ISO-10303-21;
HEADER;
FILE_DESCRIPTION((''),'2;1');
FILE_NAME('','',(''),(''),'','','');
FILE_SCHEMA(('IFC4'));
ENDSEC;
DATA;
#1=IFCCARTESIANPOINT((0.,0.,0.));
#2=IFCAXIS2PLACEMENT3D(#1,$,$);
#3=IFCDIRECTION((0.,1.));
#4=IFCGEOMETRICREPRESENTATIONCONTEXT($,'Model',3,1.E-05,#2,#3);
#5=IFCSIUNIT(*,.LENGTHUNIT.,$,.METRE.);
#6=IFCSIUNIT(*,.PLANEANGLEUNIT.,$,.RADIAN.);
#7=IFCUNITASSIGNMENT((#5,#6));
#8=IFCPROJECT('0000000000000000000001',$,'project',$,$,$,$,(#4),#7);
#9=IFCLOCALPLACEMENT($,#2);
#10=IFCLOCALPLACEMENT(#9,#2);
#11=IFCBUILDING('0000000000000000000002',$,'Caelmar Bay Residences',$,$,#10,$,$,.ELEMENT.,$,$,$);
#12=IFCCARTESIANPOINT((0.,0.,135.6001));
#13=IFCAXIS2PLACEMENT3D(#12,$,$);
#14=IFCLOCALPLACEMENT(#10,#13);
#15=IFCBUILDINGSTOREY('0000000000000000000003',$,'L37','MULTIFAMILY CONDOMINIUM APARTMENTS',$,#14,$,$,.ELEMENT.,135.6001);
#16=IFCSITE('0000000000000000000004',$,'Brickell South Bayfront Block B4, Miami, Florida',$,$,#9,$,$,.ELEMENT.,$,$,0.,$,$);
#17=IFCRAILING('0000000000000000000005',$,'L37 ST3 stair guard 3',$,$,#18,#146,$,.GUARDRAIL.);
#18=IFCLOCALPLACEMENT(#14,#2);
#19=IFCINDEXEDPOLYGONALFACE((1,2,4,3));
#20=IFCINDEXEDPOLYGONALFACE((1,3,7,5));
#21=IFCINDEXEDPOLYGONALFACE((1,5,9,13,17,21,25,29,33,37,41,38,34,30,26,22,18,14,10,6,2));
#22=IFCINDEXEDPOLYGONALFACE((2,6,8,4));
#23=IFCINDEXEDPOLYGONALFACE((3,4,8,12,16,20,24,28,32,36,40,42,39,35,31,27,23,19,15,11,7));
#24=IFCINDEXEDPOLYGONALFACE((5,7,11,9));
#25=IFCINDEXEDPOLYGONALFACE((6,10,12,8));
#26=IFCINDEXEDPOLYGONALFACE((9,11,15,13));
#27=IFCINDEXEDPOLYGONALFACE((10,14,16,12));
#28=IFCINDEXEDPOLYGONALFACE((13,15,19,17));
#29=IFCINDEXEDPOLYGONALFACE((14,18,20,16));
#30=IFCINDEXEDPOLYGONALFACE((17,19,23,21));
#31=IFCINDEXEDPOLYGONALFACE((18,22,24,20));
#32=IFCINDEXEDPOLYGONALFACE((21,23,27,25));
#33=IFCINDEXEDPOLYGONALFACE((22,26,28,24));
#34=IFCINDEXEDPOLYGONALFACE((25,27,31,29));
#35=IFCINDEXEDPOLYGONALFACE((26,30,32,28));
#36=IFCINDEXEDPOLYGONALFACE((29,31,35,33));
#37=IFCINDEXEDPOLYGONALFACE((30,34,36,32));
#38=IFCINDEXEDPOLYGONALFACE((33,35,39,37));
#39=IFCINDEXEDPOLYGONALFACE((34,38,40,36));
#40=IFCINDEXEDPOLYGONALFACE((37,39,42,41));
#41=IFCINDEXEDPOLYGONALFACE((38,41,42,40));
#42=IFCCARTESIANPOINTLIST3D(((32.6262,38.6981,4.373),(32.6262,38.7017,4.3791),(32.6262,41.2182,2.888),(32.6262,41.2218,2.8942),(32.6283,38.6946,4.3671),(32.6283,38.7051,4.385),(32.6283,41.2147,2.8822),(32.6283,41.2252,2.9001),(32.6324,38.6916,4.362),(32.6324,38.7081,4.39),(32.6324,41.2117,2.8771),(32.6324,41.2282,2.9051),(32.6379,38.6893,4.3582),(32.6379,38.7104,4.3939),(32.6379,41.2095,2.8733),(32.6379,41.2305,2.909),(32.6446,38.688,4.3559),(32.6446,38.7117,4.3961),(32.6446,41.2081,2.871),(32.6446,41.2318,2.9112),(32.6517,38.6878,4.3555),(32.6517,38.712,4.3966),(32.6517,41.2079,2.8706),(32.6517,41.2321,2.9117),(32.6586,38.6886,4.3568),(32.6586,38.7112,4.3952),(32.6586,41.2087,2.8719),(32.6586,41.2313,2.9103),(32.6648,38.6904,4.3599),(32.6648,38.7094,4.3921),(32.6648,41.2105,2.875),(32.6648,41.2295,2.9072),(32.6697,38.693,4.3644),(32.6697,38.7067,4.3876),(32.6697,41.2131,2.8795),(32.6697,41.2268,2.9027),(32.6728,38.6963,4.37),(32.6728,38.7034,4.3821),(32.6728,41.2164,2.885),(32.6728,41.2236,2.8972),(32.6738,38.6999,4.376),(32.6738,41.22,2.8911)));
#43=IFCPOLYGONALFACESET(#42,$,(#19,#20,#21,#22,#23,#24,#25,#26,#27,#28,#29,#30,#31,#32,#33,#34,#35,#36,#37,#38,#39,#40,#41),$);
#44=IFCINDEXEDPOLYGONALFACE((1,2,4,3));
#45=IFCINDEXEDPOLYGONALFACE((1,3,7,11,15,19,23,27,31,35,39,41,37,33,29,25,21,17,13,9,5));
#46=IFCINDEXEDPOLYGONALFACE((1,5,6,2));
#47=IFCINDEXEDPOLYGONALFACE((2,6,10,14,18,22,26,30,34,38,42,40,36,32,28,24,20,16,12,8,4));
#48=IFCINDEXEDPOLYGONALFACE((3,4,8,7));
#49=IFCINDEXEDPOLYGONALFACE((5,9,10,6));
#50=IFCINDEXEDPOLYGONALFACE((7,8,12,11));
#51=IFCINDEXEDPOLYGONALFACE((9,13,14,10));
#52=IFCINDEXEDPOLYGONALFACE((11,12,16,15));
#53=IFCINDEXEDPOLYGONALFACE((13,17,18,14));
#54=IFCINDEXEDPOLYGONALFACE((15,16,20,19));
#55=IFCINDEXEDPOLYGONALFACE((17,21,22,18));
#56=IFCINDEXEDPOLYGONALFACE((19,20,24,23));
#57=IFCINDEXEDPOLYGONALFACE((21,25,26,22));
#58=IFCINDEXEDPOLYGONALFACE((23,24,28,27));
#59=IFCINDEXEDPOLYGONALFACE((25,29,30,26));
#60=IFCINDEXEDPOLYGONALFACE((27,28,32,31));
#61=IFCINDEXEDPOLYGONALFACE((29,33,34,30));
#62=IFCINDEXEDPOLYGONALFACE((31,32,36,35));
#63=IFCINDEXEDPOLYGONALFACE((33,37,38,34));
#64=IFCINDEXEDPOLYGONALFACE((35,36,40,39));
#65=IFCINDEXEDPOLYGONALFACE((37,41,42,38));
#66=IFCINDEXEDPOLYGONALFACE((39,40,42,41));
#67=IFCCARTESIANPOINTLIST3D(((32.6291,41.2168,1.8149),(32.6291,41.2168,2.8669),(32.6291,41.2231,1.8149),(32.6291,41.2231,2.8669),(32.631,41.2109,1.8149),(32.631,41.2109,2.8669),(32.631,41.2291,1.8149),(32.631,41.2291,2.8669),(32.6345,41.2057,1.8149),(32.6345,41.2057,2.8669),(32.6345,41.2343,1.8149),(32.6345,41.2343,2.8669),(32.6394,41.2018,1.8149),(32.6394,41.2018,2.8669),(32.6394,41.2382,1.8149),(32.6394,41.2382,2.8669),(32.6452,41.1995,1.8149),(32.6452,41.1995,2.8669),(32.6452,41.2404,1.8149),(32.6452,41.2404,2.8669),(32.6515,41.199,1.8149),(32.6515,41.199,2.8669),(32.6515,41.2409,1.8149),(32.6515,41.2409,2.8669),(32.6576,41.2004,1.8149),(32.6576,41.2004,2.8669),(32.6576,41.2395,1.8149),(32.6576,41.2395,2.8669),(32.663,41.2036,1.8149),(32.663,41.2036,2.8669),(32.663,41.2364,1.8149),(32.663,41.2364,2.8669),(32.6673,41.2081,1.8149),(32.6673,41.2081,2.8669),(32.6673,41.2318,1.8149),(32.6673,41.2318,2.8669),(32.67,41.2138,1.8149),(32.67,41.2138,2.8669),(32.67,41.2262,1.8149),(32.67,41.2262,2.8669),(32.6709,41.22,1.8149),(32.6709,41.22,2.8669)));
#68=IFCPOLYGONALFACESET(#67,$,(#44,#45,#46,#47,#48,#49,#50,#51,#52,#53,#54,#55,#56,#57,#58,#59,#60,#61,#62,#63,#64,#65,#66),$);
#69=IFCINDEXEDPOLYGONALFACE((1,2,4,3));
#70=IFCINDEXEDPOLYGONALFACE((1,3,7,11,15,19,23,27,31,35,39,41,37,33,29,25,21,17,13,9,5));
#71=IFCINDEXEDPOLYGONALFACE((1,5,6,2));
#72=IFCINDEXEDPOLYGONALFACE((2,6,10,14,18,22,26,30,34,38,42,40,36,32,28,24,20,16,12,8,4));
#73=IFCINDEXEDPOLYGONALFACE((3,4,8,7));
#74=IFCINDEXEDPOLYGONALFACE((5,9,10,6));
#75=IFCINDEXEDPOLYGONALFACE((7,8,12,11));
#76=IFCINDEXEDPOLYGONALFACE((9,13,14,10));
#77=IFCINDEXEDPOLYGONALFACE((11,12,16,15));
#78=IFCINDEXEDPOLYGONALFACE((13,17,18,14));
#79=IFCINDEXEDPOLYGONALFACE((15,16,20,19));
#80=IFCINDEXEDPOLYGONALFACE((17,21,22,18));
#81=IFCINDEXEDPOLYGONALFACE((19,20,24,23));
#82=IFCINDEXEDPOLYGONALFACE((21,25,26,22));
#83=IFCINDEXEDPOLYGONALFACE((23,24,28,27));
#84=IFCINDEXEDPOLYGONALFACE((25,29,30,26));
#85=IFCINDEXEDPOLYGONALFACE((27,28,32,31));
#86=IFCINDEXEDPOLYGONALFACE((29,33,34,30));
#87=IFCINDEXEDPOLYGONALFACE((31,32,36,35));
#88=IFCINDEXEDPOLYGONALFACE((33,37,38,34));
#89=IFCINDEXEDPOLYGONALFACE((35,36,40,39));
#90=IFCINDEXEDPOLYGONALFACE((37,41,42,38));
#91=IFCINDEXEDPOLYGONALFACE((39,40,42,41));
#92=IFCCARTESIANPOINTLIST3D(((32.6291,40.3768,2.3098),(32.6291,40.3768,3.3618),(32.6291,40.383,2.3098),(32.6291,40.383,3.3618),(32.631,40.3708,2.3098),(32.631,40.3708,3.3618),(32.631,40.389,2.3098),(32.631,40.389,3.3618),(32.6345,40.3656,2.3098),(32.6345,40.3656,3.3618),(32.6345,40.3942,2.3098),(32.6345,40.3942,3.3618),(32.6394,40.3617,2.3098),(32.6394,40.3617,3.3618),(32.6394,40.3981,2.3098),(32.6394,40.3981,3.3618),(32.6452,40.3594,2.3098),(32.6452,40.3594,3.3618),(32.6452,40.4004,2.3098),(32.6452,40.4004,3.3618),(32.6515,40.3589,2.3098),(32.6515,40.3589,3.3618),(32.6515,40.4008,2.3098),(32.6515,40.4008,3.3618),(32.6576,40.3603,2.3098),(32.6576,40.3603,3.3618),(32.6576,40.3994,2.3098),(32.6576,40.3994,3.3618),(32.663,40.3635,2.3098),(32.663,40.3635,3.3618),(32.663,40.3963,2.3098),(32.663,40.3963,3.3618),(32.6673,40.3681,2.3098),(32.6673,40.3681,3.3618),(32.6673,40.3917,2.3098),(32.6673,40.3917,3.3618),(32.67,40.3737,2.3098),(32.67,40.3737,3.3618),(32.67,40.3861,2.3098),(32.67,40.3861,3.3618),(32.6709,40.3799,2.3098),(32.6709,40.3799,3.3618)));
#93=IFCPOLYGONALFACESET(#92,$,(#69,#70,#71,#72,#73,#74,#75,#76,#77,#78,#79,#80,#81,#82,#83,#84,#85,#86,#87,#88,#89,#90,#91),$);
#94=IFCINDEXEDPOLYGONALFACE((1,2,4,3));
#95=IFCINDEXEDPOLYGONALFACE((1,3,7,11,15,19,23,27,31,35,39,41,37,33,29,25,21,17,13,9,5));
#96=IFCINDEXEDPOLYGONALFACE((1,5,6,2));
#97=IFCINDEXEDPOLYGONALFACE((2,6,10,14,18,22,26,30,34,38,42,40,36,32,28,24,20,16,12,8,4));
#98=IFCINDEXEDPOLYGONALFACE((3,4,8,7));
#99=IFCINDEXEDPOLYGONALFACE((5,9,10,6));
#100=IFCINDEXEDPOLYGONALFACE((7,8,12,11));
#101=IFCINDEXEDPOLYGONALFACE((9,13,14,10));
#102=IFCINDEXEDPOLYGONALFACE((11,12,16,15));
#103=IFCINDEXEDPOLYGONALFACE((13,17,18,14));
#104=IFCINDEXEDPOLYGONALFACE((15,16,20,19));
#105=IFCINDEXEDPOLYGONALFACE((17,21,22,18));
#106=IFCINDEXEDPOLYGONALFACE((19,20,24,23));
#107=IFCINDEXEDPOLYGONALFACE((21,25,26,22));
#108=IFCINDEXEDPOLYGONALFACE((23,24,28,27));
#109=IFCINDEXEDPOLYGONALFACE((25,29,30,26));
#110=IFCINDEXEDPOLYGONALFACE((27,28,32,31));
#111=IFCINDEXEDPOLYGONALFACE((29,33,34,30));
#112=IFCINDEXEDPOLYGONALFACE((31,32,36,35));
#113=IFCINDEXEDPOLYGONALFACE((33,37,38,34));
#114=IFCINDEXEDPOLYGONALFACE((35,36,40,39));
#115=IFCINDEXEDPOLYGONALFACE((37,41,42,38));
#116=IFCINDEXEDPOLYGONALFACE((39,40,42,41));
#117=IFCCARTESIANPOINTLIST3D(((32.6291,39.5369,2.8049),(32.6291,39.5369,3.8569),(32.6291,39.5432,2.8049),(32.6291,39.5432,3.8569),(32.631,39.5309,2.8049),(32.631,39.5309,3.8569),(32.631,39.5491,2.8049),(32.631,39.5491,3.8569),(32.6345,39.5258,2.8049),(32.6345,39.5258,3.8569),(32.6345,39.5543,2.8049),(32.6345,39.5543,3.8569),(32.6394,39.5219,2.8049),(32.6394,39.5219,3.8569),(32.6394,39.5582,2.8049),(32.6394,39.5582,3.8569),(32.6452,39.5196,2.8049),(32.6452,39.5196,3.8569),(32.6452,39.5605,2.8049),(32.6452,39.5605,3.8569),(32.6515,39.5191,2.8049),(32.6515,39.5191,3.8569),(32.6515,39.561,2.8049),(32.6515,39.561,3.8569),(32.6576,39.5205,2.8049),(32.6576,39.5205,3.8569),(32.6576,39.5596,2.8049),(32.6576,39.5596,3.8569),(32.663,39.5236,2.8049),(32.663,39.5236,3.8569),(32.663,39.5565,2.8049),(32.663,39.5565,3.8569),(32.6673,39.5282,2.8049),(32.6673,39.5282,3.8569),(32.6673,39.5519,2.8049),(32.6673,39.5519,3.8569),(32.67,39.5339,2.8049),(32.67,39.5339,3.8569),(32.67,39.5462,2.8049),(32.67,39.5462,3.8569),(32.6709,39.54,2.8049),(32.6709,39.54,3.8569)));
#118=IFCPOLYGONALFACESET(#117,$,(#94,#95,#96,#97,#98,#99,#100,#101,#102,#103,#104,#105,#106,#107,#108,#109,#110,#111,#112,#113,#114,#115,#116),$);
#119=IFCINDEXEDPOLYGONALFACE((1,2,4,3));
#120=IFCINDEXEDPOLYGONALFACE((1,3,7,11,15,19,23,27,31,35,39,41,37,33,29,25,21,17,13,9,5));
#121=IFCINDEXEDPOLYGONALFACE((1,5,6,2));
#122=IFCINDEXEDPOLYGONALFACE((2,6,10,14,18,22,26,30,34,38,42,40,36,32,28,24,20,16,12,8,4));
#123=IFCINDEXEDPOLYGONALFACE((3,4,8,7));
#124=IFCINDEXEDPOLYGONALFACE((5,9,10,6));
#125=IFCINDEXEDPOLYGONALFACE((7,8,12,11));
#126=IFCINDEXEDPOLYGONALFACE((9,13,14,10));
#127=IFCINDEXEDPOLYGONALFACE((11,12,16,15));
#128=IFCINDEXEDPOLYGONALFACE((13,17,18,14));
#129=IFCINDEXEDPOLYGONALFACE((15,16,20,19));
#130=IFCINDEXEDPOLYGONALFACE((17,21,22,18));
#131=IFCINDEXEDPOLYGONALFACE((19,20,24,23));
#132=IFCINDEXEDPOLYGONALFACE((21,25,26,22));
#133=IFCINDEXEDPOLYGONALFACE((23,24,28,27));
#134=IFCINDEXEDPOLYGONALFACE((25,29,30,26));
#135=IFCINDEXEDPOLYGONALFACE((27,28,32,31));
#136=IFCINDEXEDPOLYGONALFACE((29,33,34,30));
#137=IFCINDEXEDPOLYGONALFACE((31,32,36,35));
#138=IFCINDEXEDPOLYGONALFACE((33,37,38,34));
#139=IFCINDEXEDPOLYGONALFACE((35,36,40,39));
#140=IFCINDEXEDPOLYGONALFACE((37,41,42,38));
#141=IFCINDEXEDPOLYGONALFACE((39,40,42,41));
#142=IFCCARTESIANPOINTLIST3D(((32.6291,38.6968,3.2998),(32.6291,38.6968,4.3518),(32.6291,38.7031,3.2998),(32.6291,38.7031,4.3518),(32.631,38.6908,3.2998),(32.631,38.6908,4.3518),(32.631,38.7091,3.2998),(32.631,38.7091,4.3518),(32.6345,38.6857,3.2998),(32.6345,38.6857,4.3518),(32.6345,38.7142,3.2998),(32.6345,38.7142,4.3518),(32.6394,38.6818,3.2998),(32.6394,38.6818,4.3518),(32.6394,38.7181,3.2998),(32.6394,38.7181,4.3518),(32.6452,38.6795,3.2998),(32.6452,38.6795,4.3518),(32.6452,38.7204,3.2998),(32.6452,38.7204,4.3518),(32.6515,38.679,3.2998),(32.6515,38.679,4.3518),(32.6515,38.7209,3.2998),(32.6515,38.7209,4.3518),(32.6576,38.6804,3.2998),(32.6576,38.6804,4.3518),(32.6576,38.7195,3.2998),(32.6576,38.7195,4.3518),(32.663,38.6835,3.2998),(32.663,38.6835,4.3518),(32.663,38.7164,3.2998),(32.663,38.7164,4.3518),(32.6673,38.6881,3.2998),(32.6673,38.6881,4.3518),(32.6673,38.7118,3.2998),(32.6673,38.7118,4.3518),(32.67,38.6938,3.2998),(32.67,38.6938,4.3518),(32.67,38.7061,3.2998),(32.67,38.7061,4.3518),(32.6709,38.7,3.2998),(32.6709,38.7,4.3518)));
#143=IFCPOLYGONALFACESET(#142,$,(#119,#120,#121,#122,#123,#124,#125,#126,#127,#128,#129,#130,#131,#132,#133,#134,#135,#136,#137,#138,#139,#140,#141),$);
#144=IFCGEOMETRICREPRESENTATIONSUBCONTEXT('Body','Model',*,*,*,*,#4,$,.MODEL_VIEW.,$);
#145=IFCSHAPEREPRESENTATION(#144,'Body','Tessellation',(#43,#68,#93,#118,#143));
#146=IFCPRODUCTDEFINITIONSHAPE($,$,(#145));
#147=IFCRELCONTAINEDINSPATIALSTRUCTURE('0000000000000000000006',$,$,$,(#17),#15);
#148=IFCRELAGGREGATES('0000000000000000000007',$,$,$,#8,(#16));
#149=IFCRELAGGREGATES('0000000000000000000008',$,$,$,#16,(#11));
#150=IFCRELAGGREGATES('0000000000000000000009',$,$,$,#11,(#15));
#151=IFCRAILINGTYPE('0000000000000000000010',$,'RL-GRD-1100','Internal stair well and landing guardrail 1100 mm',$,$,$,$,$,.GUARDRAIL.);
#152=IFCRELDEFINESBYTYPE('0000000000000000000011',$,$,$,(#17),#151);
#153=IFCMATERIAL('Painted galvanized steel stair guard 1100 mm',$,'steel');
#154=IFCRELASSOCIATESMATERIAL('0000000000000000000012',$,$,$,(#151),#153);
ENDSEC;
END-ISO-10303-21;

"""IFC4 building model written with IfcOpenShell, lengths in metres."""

from ifc_helpers import new_model, si_unit, direction, frame, origin, origin_2d, place, context, subcontext, project, spatial, circle, extrude, material, type_object, element, save


model = new_model("IFC4")

# Units and contexts
model_context = context("Model", 3, precision=1e-05, world=origin(), true_north=direction((0.0, 1.0)))
body_context = subcontext(model_context, "Body", "Model", "MODEL_VIEW")
ifc_project = project(units=[si_unit("LENGTHUNIT", "METRE"), si_unit("PLANEANGLEUNIT", "RADIAN")], contexts=[model_context])

# Site, building, storey
site_placement = place(None, origin())
site = spatial("IfcSite", under=ifc_project, at=site_placement, Name="Brickell South Bayfront Block B4, Miami, Florida", CompositionType="ELEMENT", RefElevation=0.0)
building_placement = place(site_placement, origin())
building = spatial("IfcBuilding", under=site, at=building_placement, Name="Caelmar Bay Residences", CompositionType="ELEMENT")
storey_placement = place(building_placement, frame((0.0, 0.0, 135.6001)))
storey = spatial("IfcBuildingStorey", under=building, at=storey_placement, Name="L37", Description="MULTIFAMILY CONDOMINIUM APARTMENTS", CompositionType="ELEMENT", Elevation=135.6001)

# Railing
ifc_material_1 = material(Name="Painted galvanized steel stair guard 1100 mm", Category="steel")
railing_type_1 = type_object("IfcRailingType", Name="RL-GRD-1100", Description="Internal stair well and landing guardrail 1100 mm", PredefinedType="GUARDRAIL", material=ifc_material_1)
railing_1_placement = place(storey_placement, frame((32.6499, 41.22, 1.8149)))
element("IfcRailing", 1, at=railing_1_placement, inside=storey, type_object=railing_type_1, Name="L37 ST3 stair guard 3", PredefinedType="GUARDRAIL", context=body_context, shape_type="SweptSolid", body=[
    extrude(circle(Radius=0.0239, at=origin_2d()), frame((0.0, 0.0, 1.0762), z_axis=(0.0, -0.861561, 0.507655), x_axis=(1.0, 0.0, 0.0)), (0.0, 0.0, 1.0), 2.925),
    extrude(circle(Radius=0.021, at=origin_2d()), origin(), (0.0, 0.0, 1.0), 1.052),
    extrude(circle(Radius=0.021, at=origin_2d()), frame((0.0, -0.8401, 0.4949)), (0.0, 0.0, 1.0), 1.052),
    extrude(circle(Radius=0.021, at=origin_2d()), frame((0.0, -1.6799, 0.99)), (0.0, 0.0, 1.0), 1.052),
    extrude(circle(Radius=0.021, at=origin_2d()), frame((0.0, -2.52, 1.4849)), (0.0, 0.0, 1.0), 1.052),
])

save(model, "model.ifc")
